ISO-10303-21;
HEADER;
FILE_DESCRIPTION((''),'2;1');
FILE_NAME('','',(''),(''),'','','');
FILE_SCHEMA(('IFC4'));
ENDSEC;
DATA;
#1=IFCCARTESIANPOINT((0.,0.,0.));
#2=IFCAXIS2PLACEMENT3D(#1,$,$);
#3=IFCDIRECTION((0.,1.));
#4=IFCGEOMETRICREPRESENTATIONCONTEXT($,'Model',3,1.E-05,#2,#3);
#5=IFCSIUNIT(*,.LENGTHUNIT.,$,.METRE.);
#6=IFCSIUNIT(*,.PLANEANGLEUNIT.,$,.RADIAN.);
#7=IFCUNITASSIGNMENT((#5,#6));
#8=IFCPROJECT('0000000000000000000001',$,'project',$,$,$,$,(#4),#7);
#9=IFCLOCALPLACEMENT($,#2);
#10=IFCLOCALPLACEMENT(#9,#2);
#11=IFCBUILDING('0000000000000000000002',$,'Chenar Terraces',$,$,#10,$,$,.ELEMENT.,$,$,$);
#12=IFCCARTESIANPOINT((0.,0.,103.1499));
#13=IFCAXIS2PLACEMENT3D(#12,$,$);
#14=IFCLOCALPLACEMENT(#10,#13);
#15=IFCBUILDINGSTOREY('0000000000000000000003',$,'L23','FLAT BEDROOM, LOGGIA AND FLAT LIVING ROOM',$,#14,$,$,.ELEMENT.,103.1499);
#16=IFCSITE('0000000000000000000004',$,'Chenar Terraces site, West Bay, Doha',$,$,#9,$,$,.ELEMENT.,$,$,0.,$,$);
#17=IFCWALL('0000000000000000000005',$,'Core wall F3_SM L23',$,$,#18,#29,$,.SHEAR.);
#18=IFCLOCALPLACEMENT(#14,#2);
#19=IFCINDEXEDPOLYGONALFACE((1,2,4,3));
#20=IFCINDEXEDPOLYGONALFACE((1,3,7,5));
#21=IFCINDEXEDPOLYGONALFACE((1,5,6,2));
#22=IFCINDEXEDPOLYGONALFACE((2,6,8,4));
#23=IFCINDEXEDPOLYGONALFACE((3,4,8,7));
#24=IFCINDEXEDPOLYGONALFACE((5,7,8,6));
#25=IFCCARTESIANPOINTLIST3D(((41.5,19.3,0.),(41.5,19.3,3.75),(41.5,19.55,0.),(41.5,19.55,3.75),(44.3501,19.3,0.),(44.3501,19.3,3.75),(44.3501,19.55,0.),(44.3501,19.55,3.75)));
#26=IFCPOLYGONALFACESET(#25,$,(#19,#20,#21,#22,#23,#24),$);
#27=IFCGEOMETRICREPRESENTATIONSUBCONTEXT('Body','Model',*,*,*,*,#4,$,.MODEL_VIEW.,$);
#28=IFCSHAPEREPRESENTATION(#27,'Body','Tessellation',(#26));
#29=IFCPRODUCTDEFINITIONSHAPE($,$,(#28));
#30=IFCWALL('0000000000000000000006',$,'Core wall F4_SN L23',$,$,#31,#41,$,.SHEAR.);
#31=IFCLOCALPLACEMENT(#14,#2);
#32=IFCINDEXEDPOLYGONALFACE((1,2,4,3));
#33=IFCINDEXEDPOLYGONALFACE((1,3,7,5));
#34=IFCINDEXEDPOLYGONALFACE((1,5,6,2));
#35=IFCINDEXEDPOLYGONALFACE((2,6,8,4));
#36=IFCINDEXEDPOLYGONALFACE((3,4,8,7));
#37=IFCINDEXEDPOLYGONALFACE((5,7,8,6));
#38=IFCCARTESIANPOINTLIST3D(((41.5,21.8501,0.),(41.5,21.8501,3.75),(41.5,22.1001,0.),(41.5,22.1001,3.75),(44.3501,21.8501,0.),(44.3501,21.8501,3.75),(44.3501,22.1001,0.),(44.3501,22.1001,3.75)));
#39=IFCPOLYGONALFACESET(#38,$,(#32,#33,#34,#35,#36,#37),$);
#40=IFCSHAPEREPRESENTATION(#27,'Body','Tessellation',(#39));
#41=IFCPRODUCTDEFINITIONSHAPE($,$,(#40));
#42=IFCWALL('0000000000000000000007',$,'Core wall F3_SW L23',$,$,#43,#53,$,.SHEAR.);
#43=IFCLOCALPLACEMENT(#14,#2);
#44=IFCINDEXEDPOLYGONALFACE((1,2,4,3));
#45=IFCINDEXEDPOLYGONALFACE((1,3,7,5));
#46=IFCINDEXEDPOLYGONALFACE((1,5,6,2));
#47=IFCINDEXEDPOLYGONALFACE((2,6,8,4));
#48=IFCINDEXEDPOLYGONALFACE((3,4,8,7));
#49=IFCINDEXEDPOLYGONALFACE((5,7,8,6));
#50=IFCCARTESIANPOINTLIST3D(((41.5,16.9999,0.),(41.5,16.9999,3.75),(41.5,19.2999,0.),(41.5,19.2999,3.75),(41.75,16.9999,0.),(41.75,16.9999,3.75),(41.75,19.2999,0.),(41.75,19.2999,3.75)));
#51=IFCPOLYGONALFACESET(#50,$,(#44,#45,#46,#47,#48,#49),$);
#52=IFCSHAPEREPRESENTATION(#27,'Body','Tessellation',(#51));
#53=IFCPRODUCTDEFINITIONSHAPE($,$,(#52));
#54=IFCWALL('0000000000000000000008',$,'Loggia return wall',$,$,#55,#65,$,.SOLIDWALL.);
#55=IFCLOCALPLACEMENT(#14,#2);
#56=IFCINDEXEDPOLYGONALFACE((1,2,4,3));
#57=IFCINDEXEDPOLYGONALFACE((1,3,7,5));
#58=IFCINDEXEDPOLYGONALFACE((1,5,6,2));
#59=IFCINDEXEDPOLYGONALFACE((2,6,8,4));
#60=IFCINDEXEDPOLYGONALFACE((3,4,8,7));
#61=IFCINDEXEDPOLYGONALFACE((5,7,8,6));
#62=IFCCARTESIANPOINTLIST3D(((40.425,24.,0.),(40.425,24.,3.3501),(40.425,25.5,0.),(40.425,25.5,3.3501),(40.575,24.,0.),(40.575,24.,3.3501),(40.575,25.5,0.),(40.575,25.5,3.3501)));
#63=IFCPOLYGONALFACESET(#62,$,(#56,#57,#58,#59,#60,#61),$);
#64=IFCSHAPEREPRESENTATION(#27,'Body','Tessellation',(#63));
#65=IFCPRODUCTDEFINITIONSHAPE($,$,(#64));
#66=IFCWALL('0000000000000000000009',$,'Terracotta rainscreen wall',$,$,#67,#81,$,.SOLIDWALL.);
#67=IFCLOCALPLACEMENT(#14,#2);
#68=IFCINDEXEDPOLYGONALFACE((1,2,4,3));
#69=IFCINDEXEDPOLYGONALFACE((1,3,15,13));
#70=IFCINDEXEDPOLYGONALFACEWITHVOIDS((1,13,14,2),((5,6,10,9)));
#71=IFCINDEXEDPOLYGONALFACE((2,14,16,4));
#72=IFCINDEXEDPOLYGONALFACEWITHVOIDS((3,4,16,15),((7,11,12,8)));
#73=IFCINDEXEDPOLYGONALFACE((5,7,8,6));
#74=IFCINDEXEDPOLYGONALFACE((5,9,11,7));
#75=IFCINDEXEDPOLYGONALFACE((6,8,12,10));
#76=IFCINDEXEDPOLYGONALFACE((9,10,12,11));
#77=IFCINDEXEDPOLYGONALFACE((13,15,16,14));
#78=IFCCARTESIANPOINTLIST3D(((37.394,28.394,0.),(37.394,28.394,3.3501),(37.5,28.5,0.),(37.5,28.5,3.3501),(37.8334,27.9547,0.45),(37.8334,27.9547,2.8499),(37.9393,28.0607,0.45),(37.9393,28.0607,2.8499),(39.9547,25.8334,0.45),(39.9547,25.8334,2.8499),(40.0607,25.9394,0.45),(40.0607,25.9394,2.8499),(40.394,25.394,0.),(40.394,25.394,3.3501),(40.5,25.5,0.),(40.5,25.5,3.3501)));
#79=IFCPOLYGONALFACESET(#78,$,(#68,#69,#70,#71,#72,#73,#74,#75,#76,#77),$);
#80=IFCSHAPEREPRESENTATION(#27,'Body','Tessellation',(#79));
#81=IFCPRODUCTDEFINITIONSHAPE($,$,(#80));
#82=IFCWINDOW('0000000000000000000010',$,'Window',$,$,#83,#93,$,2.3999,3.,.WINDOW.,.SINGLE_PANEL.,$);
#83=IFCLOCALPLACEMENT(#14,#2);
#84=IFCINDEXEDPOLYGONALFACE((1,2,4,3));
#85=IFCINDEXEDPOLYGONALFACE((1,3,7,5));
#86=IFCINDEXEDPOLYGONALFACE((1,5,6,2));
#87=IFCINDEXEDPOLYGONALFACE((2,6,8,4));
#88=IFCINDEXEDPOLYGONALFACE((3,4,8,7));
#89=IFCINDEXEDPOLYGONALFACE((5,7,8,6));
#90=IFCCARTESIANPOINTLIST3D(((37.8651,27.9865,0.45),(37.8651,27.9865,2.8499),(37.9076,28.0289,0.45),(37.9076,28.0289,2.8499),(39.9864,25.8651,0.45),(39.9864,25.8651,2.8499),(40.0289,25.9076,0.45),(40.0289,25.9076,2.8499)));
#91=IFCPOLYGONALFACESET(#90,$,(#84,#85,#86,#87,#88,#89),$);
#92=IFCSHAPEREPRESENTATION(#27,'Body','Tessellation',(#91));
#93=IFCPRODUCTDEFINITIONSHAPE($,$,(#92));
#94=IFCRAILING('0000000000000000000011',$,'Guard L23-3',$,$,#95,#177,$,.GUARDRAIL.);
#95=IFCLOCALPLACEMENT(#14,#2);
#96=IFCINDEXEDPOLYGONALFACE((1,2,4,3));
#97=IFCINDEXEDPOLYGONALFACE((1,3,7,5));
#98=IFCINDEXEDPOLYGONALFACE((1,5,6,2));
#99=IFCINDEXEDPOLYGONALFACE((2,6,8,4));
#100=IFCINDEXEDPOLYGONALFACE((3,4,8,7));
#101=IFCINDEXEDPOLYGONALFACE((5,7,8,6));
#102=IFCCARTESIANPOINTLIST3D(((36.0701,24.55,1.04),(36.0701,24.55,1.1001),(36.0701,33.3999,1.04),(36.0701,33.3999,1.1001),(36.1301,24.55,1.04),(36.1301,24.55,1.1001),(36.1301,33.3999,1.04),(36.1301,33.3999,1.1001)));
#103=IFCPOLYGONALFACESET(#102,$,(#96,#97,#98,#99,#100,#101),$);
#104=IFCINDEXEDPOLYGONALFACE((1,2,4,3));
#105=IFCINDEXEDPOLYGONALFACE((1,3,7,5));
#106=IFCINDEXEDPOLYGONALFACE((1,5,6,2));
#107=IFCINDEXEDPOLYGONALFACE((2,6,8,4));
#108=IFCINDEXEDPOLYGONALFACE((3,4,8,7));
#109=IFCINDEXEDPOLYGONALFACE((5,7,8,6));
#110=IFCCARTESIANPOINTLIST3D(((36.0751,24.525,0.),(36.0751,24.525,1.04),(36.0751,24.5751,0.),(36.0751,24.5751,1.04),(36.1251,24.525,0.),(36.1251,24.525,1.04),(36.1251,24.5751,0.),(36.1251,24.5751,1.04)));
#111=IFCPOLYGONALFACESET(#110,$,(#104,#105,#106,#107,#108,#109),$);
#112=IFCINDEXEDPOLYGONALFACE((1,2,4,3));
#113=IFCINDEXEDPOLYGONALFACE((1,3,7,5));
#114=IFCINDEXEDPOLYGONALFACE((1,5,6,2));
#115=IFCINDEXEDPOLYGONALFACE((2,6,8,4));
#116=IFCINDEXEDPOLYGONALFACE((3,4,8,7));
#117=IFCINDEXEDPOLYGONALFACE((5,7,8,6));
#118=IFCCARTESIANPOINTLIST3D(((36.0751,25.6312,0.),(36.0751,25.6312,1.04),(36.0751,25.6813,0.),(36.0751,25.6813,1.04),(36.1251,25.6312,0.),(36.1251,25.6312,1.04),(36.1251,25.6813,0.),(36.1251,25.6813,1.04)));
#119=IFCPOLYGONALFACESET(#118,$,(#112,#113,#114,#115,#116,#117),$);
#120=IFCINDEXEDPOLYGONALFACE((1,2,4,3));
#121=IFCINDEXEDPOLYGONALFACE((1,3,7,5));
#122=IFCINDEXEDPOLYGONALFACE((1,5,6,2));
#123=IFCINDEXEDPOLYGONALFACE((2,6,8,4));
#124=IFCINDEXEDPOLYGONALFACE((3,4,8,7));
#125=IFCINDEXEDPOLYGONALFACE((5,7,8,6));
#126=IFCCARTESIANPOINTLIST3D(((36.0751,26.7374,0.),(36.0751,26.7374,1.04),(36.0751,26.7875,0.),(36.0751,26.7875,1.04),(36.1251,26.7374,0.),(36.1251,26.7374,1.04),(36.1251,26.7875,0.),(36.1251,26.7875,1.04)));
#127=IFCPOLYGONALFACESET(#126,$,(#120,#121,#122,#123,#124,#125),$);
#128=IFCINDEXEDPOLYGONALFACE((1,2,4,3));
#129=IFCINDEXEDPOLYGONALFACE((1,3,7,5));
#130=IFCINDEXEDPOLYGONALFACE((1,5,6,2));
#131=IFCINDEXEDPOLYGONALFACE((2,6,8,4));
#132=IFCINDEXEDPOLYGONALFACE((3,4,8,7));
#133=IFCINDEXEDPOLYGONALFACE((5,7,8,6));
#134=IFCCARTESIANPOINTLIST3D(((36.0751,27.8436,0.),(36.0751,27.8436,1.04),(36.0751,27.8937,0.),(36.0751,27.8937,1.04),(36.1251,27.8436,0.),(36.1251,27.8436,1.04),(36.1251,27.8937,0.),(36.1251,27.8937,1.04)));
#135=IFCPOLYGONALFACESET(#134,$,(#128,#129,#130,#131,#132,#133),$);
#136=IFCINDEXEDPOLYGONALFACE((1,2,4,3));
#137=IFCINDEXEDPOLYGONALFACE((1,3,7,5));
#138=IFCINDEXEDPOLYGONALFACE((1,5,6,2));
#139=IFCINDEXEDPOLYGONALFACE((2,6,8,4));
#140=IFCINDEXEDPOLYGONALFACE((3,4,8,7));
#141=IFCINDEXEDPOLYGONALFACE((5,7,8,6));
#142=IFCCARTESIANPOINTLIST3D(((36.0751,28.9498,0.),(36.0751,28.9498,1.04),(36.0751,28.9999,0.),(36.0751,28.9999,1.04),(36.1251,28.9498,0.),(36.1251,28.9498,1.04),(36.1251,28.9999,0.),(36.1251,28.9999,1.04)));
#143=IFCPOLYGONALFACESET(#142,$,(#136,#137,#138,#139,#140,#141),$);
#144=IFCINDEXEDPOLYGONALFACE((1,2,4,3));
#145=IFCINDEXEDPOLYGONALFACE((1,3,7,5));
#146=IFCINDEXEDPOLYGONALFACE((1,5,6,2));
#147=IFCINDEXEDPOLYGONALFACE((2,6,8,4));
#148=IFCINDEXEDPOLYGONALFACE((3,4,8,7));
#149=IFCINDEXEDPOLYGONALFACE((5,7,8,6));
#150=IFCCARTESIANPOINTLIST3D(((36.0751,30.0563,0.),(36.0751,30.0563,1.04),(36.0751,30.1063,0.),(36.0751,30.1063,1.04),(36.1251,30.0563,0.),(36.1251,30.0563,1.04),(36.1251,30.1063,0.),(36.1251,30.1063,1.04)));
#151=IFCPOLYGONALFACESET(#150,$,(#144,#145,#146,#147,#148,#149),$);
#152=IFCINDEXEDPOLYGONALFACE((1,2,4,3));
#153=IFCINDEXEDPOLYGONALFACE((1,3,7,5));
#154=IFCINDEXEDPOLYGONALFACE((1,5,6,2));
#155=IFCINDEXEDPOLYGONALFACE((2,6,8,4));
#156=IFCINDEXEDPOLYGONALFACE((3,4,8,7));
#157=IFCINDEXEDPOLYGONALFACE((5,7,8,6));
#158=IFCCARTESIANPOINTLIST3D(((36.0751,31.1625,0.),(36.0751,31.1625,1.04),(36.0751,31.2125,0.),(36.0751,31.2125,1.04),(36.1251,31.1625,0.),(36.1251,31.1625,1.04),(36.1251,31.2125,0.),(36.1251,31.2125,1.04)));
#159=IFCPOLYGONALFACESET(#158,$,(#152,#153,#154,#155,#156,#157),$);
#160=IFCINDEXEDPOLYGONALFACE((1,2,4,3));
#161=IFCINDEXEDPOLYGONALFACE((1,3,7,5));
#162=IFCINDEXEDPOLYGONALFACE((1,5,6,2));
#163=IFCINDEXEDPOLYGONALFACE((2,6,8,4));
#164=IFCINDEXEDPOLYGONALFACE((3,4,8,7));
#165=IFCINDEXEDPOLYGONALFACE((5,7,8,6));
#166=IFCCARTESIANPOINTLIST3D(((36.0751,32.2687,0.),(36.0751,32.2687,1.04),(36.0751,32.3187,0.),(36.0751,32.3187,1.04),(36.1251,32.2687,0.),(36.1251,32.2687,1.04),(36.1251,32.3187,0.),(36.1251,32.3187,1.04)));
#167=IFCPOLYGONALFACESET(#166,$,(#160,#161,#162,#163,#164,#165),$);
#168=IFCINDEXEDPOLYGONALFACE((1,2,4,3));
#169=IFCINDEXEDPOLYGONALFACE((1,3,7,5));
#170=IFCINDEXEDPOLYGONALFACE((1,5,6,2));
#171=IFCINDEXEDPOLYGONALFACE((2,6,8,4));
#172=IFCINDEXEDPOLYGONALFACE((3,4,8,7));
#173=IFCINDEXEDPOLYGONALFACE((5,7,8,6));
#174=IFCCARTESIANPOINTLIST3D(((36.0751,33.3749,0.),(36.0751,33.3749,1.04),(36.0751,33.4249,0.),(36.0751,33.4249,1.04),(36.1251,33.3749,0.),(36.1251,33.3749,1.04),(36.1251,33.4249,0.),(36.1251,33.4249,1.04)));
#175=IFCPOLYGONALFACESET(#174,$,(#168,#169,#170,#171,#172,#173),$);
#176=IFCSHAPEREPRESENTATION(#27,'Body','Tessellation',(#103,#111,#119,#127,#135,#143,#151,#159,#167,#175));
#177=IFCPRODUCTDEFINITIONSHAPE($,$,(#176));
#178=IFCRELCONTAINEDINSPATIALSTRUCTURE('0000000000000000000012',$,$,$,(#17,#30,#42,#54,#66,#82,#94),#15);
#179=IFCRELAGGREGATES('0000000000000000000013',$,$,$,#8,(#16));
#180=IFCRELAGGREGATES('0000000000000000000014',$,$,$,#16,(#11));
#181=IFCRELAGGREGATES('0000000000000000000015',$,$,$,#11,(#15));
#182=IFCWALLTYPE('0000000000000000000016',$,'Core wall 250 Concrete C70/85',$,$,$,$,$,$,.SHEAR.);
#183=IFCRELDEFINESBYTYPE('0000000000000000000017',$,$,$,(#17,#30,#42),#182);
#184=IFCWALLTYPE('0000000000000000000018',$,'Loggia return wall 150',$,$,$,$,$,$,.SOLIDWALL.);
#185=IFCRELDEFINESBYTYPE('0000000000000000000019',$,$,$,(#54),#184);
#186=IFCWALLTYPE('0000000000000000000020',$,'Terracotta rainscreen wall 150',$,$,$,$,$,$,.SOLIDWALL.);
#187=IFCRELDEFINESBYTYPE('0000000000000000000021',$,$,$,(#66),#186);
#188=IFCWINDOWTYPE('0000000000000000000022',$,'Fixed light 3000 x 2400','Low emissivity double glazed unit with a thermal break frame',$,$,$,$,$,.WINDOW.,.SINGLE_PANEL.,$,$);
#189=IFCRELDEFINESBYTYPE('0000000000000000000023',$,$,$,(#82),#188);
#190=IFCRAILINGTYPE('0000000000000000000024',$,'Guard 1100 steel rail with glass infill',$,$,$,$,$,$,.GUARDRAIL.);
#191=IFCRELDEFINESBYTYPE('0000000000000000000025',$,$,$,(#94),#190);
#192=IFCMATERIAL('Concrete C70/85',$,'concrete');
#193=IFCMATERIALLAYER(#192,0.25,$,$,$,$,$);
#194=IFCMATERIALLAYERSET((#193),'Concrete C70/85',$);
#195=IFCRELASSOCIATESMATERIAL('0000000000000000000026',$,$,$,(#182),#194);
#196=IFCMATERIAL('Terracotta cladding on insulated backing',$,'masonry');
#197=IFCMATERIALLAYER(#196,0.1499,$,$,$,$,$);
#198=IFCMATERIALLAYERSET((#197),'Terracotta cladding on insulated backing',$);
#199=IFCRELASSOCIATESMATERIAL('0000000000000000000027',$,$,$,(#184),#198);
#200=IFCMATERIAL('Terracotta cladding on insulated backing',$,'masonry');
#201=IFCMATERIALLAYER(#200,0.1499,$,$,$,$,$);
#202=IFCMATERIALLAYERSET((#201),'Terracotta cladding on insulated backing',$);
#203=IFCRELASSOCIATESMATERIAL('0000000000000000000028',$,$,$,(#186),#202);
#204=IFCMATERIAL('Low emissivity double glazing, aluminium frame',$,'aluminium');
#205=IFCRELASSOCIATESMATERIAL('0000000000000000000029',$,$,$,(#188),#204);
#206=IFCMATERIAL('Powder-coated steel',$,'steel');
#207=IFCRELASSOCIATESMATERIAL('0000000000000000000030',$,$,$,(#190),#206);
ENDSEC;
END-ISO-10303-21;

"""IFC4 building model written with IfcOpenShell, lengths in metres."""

from ifc_helpers import new_model, si_unit, direction, frame, frame_2d, origin, origin_2d, place, context, subcontext, project, spatial, rectangle, extrude, material, layer, layer_set, type_object, element, fill, save


model = new_model("IFC4")

# Units and contexts
model_context = context("Model", 3, precision=1e-05, world=origin(), true_north=direction((0.0, 1.0)))
body_context = subcontext(model_context, "Body", "Model", "MODEL_VIEW")
ifc_project = project(units=[si_unit("LENGTHUNIT", "METRE"), si_unit("PLANEANGLEUNIT", "RADIAN")], contexts=[model_context])

# Site, building, storey
site_placement = place(None, origin())
site = spatial("IfcSite", under=ifc_project, at=site_placement, Name="Chenar Terraces site, West Bay, Doha", CompositionType="ELEMENT", RefElevation=0.0)
building_placement = place(site_placement, origin())
building = spatial("IfcBuilding", under=site, at=building_placement, Name="Chenar Terraces", CompositionType="ELEMENT")
storey_placement = place(building_placement, frame((0.0, 0.0, 103.1499)))
storey = spatial("IfcBuildingStorey", under=building, at=storey_placement, Name="L23", Description="FLAT BEDROOM, LOGGIA AND FLAT LIVING ROOM", CompositionType="ELEMENT", Elevation=103.1499)

# Walls
ifc_material_1 = material(Name="Concrete C70/85", Category="concrete")
ifc_layer_1 = layer(ifc_material_1, 0.25)
ifc_layer_set_1 = layer_set([ifc_layer_1], Name="Concrete C70/85")
wall_type_1 = type_object("IfcWallType", Name="Core wall 250 Concrete C70/85", PredefinedType="SHEAR", material=ifc_layer_set_1)
for number, where, z_axis, x_axis, name in (
    (1, (41.5, 19.425, 0.0), (0.0, 0.0, 1.0), (1.0, 0.0, 0.0), "Core wall F3_SM L23"),
    (2, (41.5, 21.9751, 0.0), (0.0, 0.0, 1.0), (1.0, 0.0, 0.0), "Core wall F4_SN L23"),
):
    element("IfcWall", number, at=place(storey_placement, frame(where, z_axis=z_axis, x_axis=x_axis)), inside=storey, type_object=wall_type_1, Name=name, PredefinedType="SHEAR", context=body_context, shape_type="SweptSolid", body=[
        extrude(rectangle(XDim=2.8501, YDim=0.25, at=frame_2d((1.425, 0.0))), origin(), (0.0, 0.0, 1.0), 3.75),
    ])
wall_1_placement = place(storey_placement, frame((41.625, 17.0, 0.0), z_axis=(0.0, 0.0, 1.0), x_axis=(0.0, 1.0, 0.0)))
element("IfcWall", 3, at=wall_1_placement, inside=storey, type_object=wall_type_1, Name="Core wall F3_SW L23", PredefinedType="SHEAR", context=body_context, shape_type="SweptSolid", body=[
    extrude(rectangle(XDim=2.3, YDim=0.25, at=frame_2d((1.1499, 0.0))), origin(), (0.0, 0.0, 1.0), 3.75),
])
ifc_material_2 = material(Name="Terracotta cladding on insulated backing", Category="masonry")
ifc_layer_2 = layer(ifc_material_2, 0.1499)
ifc_layer_set_2 = layer_set([ifc_layer_2], Name="Terracotta cladding on insulated backing")
wall_type_2 = type_object("IfcWallType", Name="Loggia return wall 150", PredefinedType="SOLIDWALL", material=ifc_layer_set_2)
wall_2_placement = place(storey_placement, frame((40.5, 25.5, 0.0), z_axis=(0.0, 0.0, 1.0), x_axis=(0.0, -1.0, 0.0)))
element("IfcWall", 4, at=wall_2_placement, inside=storey, type_object=wall_type_2, Name="Loggia return wall", PredefinedType="SOLIDWALL", context=body_context, shape_type="SweptSolid", body=[
    extrude(rectangle(XDim=1.5, YDim=0.1499, at=frame_2d((0.75, 0.0))), origin(), (0.0, 0.0, 1.0), 3.3501),
])

# Wall, opening, window
ifc_material_3 = material(Name="Terracotta cladding on insulated backing", Category="masonry")
ifc_layer_3 = layer(ifc_material_3, 0.1499)
ifc_layer_set_3 = layer_set([ifc_layer_3], Name="Terracotta cladding on insulated backing")
wall_type_3 = type_object("IfcWallType", Name="Terracotta rainscreen wall 150", PredefinedType="SOLIDWALL", material=ifc_layer_set_3)
wall_3_placement = place(storey_placement, frame((40.447, 25.447, 0.0), z_axis=(0.0, 0.0, 1.0), x_axis=(-0.707107, 0.707107, 0.0)))
wall_3 = element("IfcWall", 5, at=wall_3_placement, inside=storey, type_object=wall_type_3, Name="Terracotta rainscreen wall", PredefinedType="SOLIDWALL", context=body_context, shape_type="SweptSolid", body=[
    extrude(rectangle(XDim=4.2427, YDim=0.1499, at=frame_2d((2.1213, 0.0))), origin(), (0.0, 0.0, 1.0), 3.3501),
])
opening_1_placement = place(wall_3_placement, frame((0.6213, 0.0, 0.45)))
opening_1 = element("IfcOpeningElement", 6, at=opening_1_placement, cuts=wall_3, PredefinedType="OPENING", context=body_context, shape_type="SweptSolid", body=[
    extrude(rectangle(XDim=3.0, YDim=2.3999, at=frame_2d((1.5, 1.2))), frame((0.0, 0.085, 0.0), z_axis=(0.0, -1.0, 0.0), x_axis=(1.0, 0.0, 0.0)), (0.0, 0.0, 1.0), 0.1699),
])
ifc_material_4 = material(Name="Low emissivity double glazing, aluminium frame", Category="aluminium")
window_type = type_object("IfcWindowType", Name="Fixed light 3000 x 2400", Description="Low emissivity double glazed unit with a thermal break frame", PartitioningType="SINGLE_PANEL", PredefinedType="WINDOW", material=ifc_material_4)
window_placement = place(opening_1_placement, origin())
window = element("IfcWindow", 7, at=window_placement, inside=storey, type_object=window_type, Name="Window", OverallHeight=2.3999, OverallWidth=3.0, PartitioningType="SINGLE_PANEL", PredefinedType="WINDOW", context=body_context, shape_type="SweptSolid", body=[
    extrude(rectangle(XDim=3.0, YDim=2.3999, at=frame_2d((1.5, 1.2))), frame((0.0, 0.03, 0.0), z_axis=(0.0, -1.0, 0.0), x_axis=(1.0, 0.0, 0.0)), (0.0, 0.0, 1.0), 0.0601),
])
fill(opening_1, window)

# Railing
ifc_material_5 = material(Name="Powder-coated steel", Category="steel")
railing_type = type_object("IfcRailingType", Name="Guard 1100 steel rail with glass infill", PredefinedType="GUARDRAIL", material=ifc_material_5)
railing_placement = place(storey_placement, frame((36.1001, 24.55, 0.0)))
element("IfcRailing", 8, at=railing_placement, inside=storey, type_object=railing_type, Name="Guard L23-3", PredefinedType="GUARDRAIL", context=body_context, shape_type="SweptSolid", body=[
    extrude(rectangle(XDim=0.0601, YDim=0.0601, at=origin_2d()), frame((0.0, 0.0, 1.0701), z_axis=(0.0, 1.0, 0.0), x_axis=(-1.0, 0.0, 0.0)), (0.0, 0.0, 1.0), 8.8499),
    extrude(rectangle(XDim=0.05, YDim=0.05, at=origin_2d()), origin(), (0.0, 0.0, 1.0), 1.04),
    extrude(rectangle(XDim=0.05, YDim=0.05, at=origin_2d()), frame((0.0, 1.1062, 0.0)), (0.0, 0.0, 1.0), 1.04),
    extrude(rectangle(XDim=0.05, YDim=0.05, at=origin_2d()), frame((0.0, 2.2124, 0.0)), (0.0, 0.0, 1.0), 1.04),
    extrude(rectangle(XDim=0.05, YDim=0.05, at=origin_2d()), frame((0.0, 3.3186, 0.0)), (0.0, 0.0, 1.0), 1.04),
    extrude(rectangle(XDim=0.05, YDim=0.05, at=origin_2d()), frame((0.0, 4.4248, 0.0)), (0.0, 0.0, 1.0), 1.04),
    extrude(rectangle(XDim=0.05, YDim=0.05, at=origin_2d()), frame((0.0, 5.5312, 0.0)), (0.0, 0.0, 1.0), 1.04),
    extrude(rectangle(XDim=0.05, YDim=0.05, at=origin_2d()), frame((0.0, 6.6375, 0.0)), (0.0, 0.0, 1.0), 1.04),
    extrude(rectangle(XDim=0.05, YDim=0.05, at=origin_2d()), frame((0.0, 7.7437, 0.0)), (0.0, 0.0, 1.0), 1.04),
    extrude(rectangle(XDim=0.05, YDim=0.05, at=origin_2d()), frame((0.0, 8.8499, 0.0)), (0.0, 0.0, 1.0), 1.04),
])

save(model, "model.ifc")
